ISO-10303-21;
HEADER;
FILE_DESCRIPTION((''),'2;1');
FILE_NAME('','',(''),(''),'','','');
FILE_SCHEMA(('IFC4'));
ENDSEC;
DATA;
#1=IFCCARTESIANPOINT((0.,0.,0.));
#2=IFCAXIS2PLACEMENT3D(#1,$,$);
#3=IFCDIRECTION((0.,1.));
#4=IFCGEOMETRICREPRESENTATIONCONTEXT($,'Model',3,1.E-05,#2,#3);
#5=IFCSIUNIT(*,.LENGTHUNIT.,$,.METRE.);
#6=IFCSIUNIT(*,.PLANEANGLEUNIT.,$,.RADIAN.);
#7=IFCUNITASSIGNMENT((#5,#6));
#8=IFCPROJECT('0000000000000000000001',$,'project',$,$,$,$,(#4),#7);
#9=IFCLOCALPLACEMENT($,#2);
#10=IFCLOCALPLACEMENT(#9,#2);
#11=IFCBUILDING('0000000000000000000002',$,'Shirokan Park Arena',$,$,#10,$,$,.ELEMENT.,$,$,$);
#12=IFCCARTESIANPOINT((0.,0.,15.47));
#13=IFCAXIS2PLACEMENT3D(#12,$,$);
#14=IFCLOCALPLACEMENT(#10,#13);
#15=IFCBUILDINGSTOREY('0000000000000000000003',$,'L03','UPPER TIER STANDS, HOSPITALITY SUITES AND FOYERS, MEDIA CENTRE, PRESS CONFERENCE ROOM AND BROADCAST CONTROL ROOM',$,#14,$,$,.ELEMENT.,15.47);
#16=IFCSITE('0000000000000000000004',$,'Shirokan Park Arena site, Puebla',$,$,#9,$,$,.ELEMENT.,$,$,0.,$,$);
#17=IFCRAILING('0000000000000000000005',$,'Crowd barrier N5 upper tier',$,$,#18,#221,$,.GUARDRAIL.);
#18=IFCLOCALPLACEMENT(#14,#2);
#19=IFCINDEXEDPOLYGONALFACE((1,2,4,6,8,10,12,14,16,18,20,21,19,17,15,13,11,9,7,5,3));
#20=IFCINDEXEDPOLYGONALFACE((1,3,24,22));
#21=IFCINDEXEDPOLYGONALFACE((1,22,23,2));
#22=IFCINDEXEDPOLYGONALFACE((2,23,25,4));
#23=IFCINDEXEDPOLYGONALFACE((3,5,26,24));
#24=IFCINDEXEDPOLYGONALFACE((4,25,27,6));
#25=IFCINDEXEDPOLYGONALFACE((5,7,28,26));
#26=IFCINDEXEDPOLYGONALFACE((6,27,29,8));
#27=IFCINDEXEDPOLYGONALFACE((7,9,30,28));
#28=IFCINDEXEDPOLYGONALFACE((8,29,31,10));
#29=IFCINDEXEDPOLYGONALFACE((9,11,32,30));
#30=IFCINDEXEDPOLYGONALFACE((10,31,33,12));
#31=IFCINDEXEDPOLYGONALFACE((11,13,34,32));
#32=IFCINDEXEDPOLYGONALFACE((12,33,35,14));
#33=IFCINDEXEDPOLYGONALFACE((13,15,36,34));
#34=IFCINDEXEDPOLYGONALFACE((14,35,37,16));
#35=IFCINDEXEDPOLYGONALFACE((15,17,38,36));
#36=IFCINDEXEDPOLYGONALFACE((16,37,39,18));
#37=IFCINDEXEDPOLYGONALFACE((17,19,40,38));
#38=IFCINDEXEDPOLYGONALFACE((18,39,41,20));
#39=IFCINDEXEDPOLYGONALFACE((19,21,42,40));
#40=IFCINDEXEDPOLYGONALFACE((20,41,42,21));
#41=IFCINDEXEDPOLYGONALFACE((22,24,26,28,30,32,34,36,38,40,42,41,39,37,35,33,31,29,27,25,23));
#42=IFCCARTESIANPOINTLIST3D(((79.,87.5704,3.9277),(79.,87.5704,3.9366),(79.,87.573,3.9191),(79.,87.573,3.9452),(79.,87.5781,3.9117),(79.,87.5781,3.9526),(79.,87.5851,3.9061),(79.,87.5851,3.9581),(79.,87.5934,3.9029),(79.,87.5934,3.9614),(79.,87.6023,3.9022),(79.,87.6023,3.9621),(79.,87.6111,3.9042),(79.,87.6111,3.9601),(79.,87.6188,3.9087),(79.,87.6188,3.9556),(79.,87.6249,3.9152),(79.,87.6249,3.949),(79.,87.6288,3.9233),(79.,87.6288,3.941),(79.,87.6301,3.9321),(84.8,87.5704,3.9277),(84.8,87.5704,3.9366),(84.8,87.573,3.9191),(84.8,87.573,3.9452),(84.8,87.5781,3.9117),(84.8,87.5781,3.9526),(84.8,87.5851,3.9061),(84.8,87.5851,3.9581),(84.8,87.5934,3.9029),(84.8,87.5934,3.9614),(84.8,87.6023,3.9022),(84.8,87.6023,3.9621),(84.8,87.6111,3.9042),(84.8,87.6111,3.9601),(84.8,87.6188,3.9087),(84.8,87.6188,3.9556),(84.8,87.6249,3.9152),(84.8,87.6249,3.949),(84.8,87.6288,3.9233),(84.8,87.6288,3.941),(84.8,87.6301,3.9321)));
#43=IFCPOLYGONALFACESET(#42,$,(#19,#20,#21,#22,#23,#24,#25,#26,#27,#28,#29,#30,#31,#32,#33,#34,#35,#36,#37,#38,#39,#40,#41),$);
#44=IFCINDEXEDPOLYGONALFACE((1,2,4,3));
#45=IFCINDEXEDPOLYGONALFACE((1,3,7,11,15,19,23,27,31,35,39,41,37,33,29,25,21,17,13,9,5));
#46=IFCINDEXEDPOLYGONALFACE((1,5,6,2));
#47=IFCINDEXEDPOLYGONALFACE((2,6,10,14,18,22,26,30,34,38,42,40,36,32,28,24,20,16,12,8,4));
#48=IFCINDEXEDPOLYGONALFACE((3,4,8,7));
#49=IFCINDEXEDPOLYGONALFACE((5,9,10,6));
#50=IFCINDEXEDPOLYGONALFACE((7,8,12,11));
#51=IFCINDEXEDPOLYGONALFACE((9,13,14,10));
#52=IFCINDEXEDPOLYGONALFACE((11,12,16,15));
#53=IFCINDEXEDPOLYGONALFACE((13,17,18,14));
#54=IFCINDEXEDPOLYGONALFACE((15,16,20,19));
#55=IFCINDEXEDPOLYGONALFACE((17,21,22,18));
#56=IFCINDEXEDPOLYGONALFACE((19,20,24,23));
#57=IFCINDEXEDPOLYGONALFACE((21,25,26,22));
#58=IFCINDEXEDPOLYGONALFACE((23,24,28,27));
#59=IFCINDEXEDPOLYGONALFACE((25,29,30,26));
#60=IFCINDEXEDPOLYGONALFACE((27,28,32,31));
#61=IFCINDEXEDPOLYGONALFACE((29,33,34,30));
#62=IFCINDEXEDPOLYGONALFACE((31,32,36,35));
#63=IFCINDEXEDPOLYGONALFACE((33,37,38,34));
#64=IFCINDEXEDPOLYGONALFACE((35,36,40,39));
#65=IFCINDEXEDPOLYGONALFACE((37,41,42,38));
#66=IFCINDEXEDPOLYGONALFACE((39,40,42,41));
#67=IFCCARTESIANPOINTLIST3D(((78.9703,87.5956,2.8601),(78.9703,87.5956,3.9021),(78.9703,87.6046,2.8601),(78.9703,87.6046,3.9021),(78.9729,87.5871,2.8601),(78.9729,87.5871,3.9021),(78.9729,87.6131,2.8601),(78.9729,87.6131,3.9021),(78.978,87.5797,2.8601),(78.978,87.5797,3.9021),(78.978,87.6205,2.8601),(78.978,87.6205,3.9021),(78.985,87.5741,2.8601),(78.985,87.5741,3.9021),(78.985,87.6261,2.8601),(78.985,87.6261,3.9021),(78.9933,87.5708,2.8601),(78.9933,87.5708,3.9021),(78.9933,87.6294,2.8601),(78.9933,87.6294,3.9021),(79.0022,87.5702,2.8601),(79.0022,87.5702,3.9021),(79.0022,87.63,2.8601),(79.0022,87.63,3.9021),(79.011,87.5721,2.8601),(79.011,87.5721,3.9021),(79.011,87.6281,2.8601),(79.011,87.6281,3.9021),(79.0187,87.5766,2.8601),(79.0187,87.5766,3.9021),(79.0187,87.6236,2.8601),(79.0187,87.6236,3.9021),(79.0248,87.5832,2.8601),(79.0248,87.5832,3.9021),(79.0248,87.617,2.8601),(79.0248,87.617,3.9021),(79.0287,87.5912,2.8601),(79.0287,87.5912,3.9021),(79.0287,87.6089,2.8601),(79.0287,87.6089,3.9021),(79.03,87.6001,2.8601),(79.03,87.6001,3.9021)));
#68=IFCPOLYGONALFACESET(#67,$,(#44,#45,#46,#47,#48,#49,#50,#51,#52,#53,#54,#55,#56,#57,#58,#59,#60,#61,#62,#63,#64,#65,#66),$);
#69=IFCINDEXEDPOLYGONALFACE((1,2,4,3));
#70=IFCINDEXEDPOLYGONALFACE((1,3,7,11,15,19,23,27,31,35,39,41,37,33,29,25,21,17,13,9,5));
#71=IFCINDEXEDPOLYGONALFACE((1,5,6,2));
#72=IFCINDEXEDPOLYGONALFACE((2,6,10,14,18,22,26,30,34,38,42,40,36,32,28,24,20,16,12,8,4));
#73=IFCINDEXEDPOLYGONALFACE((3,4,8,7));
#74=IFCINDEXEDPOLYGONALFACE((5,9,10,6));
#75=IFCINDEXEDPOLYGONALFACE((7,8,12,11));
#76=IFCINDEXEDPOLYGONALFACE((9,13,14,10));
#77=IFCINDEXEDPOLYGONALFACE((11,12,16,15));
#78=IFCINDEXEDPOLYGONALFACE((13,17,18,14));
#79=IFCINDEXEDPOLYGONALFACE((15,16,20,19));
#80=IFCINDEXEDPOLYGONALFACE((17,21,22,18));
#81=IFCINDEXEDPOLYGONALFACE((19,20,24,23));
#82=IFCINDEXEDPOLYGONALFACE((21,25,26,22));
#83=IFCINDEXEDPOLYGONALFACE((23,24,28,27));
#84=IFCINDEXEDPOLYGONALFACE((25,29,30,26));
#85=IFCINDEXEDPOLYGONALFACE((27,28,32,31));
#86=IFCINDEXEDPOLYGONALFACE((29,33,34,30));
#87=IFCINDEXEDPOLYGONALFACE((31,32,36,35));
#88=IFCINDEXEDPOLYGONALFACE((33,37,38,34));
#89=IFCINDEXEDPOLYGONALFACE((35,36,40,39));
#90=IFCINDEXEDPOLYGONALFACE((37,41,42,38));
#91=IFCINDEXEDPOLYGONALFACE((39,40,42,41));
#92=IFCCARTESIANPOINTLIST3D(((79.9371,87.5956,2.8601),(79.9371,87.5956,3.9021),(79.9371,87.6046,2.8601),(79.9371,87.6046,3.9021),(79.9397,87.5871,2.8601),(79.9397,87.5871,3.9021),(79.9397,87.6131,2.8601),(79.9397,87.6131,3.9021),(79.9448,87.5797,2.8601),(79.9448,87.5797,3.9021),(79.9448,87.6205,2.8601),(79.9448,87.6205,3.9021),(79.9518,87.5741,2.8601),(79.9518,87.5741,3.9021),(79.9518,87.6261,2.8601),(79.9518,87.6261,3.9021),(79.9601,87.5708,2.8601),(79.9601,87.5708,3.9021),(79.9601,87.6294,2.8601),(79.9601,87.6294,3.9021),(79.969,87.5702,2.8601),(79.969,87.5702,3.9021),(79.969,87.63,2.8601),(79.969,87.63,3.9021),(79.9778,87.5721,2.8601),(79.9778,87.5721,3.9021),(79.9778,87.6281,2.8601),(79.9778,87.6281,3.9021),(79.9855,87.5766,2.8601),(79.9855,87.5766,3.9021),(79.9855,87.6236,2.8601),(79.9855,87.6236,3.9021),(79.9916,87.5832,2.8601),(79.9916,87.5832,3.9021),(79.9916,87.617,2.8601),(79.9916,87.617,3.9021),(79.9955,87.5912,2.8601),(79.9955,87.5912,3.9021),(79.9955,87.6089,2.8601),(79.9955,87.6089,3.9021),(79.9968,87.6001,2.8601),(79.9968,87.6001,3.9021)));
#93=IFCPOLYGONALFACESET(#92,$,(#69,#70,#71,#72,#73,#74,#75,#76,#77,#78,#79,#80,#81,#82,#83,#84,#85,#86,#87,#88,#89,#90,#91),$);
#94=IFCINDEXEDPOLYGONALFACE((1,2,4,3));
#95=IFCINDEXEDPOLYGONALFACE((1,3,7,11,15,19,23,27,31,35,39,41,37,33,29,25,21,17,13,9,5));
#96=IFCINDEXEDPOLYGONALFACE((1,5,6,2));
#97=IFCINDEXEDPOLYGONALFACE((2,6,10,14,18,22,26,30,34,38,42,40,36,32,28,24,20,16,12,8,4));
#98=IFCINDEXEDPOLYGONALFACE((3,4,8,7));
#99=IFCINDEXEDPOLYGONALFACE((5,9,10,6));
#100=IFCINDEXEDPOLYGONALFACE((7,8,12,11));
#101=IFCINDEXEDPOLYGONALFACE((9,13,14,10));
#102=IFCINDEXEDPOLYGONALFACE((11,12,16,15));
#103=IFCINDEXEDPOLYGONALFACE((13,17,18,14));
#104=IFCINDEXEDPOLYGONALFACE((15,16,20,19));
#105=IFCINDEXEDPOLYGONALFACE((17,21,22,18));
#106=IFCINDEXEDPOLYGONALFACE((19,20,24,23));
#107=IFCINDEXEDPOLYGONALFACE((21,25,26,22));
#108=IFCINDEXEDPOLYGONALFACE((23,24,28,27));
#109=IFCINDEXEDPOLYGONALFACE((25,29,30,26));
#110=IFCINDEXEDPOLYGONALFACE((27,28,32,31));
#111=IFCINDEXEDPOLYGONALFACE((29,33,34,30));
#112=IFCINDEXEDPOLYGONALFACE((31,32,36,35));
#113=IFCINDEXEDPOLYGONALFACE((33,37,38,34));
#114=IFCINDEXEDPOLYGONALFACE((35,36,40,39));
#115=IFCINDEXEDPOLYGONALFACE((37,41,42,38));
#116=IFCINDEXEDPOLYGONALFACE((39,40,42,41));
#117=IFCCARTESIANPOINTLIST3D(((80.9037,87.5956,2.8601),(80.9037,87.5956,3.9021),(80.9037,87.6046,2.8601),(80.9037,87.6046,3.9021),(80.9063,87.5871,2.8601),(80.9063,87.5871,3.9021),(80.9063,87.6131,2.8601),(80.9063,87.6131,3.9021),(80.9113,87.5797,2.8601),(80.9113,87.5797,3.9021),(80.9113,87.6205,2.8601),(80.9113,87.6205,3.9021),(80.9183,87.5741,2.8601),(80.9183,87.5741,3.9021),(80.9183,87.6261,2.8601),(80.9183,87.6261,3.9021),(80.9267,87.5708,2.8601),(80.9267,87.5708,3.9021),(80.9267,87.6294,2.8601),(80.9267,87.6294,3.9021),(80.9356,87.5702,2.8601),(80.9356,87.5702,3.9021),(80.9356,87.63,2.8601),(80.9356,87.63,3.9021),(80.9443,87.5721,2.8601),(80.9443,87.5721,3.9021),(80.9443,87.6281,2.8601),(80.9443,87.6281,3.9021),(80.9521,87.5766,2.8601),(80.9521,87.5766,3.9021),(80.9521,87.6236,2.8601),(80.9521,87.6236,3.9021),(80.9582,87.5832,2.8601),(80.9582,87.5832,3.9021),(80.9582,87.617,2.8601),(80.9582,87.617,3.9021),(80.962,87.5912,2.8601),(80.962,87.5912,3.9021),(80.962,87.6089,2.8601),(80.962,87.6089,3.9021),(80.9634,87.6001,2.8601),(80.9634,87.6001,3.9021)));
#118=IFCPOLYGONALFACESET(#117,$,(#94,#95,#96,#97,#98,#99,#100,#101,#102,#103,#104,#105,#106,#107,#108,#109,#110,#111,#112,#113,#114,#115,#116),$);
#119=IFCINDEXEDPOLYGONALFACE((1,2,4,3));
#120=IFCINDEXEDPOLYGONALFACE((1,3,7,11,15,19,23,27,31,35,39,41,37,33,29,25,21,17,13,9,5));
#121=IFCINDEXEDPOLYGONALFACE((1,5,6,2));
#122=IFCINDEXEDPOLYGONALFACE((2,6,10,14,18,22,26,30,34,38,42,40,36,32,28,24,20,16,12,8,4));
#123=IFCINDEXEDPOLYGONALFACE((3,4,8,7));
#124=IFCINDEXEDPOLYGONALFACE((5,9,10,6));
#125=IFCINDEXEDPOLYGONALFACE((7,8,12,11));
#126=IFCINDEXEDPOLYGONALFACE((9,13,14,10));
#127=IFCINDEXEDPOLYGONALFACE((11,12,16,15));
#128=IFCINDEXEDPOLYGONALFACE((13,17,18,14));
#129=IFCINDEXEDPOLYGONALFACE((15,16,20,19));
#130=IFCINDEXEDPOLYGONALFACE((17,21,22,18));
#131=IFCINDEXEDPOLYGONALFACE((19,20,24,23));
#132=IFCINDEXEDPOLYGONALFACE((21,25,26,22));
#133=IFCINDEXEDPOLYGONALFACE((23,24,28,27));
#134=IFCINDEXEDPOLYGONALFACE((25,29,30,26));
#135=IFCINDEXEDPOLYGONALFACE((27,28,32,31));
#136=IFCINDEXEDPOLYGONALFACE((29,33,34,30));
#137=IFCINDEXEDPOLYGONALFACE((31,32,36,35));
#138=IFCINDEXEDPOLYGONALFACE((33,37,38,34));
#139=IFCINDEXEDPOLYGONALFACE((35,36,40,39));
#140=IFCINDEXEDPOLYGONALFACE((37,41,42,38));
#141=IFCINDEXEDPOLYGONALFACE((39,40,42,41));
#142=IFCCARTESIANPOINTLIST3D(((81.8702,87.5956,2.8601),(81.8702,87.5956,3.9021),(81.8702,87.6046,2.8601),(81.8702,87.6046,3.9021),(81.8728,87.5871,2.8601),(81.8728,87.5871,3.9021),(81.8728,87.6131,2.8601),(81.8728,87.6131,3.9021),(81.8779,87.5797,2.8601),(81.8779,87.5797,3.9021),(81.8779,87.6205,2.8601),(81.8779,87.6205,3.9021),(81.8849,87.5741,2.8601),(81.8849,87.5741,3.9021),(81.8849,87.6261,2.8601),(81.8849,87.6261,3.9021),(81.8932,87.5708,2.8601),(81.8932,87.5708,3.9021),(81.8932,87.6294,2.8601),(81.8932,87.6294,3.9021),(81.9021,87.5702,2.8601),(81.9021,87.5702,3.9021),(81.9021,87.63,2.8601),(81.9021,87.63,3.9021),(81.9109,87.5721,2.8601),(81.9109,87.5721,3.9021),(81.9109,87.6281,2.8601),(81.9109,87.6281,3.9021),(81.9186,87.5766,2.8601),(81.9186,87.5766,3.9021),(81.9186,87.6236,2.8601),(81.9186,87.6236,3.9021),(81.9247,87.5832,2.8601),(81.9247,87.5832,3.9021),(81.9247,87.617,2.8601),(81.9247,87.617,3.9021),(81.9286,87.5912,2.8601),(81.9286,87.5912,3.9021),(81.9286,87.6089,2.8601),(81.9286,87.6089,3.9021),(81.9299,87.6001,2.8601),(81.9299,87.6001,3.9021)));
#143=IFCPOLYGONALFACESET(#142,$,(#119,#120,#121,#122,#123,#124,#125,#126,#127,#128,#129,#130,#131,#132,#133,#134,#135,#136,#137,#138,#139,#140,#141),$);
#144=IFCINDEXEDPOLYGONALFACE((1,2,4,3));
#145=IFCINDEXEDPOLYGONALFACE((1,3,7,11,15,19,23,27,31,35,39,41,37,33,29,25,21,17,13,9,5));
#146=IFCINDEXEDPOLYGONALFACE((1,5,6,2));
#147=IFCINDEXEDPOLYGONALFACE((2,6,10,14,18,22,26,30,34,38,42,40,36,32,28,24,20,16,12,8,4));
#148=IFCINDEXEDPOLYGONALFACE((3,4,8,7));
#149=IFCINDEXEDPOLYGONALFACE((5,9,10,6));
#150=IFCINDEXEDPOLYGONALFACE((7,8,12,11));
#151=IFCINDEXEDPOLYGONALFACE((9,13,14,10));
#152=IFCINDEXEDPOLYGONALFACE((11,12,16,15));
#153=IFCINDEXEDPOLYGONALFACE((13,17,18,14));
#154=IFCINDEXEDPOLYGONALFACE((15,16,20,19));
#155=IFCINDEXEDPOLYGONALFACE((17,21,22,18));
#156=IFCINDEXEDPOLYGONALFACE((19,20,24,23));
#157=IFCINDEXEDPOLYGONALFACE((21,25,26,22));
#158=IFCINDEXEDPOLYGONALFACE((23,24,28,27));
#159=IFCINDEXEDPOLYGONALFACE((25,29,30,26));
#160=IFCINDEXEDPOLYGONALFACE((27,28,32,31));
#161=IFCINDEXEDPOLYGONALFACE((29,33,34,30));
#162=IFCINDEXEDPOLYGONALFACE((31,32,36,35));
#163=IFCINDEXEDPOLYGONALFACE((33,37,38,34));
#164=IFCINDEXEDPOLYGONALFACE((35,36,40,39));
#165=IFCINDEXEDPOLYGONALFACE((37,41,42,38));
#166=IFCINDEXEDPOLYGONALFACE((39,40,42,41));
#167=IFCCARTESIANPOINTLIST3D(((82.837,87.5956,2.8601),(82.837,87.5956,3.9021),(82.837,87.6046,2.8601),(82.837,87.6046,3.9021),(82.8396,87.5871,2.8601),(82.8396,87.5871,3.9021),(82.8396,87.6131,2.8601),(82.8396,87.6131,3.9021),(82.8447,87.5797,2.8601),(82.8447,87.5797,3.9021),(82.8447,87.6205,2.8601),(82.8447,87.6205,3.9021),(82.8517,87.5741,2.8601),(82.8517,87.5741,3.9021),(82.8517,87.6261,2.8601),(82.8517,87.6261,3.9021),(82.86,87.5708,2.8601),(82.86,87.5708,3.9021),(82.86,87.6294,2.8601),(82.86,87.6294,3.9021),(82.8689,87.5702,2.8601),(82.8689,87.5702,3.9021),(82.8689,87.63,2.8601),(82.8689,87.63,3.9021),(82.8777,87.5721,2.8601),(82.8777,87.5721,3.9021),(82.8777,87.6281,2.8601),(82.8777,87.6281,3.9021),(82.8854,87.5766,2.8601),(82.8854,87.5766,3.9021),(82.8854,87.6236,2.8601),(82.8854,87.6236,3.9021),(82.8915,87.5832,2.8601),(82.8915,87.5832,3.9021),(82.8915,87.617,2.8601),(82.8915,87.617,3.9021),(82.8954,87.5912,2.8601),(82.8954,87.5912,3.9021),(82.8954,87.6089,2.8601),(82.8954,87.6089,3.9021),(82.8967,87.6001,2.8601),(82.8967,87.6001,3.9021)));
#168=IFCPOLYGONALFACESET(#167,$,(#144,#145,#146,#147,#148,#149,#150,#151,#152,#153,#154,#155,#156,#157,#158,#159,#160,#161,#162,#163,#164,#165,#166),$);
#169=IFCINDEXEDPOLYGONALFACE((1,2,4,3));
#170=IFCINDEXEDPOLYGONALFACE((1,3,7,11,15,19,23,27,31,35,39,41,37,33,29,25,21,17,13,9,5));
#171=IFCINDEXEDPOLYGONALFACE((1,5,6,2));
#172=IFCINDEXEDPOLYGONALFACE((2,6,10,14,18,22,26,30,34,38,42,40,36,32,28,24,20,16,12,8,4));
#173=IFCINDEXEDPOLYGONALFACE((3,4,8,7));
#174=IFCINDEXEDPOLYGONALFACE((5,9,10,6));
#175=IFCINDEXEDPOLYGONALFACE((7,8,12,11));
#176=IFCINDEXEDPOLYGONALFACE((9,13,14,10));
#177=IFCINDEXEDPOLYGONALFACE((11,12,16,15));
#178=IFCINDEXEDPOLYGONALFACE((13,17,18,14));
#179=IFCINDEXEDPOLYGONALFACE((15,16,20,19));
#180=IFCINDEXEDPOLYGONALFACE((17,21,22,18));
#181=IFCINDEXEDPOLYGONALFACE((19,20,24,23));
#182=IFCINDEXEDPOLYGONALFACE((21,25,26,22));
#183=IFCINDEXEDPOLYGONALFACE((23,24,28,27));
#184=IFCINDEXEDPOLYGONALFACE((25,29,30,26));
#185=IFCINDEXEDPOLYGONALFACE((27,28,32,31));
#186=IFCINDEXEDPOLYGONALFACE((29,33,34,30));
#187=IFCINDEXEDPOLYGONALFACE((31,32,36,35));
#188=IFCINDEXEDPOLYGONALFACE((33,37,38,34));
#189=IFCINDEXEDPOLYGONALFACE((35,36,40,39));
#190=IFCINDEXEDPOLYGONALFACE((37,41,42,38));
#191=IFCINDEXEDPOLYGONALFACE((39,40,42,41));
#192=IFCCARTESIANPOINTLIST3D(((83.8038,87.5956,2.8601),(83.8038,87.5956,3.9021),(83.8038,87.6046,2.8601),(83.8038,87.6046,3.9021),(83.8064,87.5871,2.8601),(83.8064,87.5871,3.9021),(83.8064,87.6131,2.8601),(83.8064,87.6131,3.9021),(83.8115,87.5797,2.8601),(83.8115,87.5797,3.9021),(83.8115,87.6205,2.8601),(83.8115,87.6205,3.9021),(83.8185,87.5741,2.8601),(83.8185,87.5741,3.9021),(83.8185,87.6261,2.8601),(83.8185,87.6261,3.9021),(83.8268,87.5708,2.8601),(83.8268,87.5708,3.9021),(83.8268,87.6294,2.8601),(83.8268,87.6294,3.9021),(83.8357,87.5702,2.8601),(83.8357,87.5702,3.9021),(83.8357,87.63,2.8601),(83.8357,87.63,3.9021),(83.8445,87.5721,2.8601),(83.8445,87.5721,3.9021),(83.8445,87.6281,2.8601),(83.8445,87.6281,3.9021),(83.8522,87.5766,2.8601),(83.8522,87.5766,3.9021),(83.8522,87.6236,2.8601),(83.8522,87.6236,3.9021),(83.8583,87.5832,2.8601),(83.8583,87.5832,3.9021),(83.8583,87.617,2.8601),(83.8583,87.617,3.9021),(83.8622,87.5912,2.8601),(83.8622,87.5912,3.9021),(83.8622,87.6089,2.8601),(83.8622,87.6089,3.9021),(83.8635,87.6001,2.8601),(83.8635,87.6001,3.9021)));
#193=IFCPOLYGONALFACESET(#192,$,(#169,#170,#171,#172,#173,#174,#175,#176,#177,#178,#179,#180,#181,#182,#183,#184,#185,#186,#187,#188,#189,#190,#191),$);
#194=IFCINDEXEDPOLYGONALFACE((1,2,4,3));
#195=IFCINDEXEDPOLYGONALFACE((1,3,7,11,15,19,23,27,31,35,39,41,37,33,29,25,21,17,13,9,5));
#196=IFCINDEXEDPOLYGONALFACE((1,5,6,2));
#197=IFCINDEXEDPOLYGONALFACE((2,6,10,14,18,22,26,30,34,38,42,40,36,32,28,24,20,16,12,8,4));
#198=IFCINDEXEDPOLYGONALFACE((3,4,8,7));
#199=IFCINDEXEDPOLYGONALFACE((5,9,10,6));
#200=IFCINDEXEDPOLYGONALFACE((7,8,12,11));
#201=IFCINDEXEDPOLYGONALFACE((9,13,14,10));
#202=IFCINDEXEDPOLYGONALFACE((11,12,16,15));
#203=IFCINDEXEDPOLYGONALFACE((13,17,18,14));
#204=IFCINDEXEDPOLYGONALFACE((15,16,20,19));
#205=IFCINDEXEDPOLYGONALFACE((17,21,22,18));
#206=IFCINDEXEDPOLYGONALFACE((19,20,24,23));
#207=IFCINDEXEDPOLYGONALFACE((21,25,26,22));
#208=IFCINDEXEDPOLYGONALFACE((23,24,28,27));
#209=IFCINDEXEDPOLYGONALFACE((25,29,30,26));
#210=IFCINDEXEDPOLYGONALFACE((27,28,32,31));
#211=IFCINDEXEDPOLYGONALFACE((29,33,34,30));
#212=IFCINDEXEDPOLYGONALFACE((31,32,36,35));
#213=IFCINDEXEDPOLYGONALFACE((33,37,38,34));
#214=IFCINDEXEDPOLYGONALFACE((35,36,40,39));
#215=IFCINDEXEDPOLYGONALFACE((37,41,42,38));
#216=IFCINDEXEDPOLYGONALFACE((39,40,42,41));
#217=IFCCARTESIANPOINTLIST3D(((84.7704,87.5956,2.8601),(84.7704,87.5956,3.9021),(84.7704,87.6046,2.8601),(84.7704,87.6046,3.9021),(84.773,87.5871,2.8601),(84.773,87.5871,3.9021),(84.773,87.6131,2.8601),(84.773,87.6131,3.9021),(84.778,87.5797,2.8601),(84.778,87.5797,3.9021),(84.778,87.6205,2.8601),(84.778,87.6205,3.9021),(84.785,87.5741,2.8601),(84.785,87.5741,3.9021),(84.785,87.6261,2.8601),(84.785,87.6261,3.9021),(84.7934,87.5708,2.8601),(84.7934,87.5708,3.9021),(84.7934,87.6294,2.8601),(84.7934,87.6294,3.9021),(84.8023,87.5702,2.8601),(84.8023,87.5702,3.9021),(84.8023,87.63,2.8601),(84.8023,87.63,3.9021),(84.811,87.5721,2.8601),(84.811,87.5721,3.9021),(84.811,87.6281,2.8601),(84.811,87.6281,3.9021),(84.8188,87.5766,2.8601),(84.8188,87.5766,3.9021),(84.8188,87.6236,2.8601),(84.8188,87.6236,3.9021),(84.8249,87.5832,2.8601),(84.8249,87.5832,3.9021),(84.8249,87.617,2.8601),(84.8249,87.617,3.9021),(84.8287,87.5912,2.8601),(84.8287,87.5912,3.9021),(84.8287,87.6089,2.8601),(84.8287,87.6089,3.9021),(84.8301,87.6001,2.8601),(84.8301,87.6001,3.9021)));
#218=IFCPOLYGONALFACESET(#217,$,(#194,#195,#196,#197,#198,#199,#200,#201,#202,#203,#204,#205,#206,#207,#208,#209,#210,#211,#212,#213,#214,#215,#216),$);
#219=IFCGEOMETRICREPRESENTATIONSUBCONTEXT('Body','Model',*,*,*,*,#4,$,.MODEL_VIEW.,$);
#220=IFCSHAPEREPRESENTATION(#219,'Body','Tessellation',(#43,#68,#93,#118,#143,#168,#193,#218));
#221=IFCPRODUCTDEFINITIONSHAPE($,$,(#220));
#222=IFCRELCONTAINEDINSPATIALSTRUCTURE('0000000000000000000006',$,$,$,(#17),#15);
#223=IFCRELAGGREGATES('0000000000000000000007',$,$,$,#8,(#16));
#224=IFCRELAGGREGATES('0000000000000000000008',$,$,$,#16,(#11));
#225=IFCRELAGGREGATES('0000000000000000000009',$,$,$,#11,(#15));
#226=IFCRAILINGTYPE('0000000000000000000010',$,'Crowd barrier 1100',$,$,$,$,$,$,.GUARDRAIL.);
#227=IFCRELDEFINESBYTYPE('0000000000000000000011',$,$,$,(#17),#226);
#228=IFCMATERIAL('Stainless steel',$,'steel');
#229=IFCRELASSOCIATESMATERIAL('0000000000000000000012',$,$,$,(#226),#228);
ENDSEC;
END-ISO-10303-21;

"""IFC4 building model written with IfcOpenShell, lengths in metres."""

from ifc_helpers import new_model, si_unit, direction, frame, origin, origin_2d, place, context, subcontext, project, spatial, circle, extrude, material, type_object, element, save


model = new_model("IFC4")

# Units and contexts
model_context = context("Model", 3, precision=1e-05, world=origin(), true_north=direction((0.0, 1.0)))
body_context = subcontext(model_context, "Body", "Model", "MODEL_VIEW")
ifc_project = project(units=[si_unit("LENGTHUNIT", "METRE"), si_unit("PLANEANGLEUNIT", "RADIAN")], contexts=[model_context])

# Site, building, storey
site_placement = place(None, origin())
site = spatial("IfcSite", under=ifc_project, at=site_placement, Name="Shirokan Park Arena site, Puebla", CompositionType="ELEMENT", RefElevation=0.0)
building_placement = place(site_placement, origin())
building = spatial("IfcBuilding", under=site, at=building_placement, Name="Shirokan Park Arena", CompositionType="ELEMENT")
storey_placement = place(building_placement, frame((0.0, 0.0, 15.47)))
storey = spatial("IfcBuildingStorey", under=building, at=storey_placement, Name="L03", Description="UPPER TIER STANDS, HOSPITALITY SUITES AND FOYERS, MEDIA CENTRE, PRESS CONFERENCE ROOM AND BROADCAST CONTROL ROOM", CompositionType="ELEMENT", Elevation=15.47)

# Railing
ifc_material_1 = material(Name="Stainless steel", Category="steel")
railing_type_1 = type_object("IfcRailingType", Name="Crowd barrier 1100", PredefinedType="GUARDRAIL", material=ifc_material_1)
railing_1_placement = place(storey_placement, frame((79.0, 87.6001, 2.8601)))
element("IfcRailing", 1, at=railing_1_placement, inside=storey, type_object=railing_type_1, Name="Crowd barrier N5 upper tier", PredefinedType="GUARDRAIL", context=body_context, shape_type="SweptSolid", body=[
    extrude(circle(Radius=0.03, at=origin_2d()), frame((0.0, 0.0, 1.072), z_axis=(1.0, 0.0, 0.0), x_axis=(0.0, 1.0, 0.0)), (0.0, 0.0, 1.0), 5.8),
    extrude(circle(Radius=0.03, at=origin_2d()), origin(), (0.0, 0.0, 1.0), 1.042),
    extrude(circle(Radius=0.03, at=origin_2d()), frame((0.9668, 0.0, 0.0)), (0.0, 0.0, 1.0), 1.042),
    extrude(circle(Radius=0.03, at=origin_2d()), frame((1.9333, 0.0, 0.0)), (0.0, 0.0, 1.0), 1.042),
    extrude(circle(Radius=0.03, at=origin_2d()), frame((2.8999, 0.0, 0.0)), (0.0, 0.0, 1.0), 1.042),
    extrude(circle(Radius=0.03, at=origin_2d()), frame((3.8667, 0.0, 0.0)), (0.0, 0.0, 1.0), 1.042),
    extrude(circle(Radius=0.03, at=origin_2d()), frame((4.8335, 0.0, 0.0)), (0.0, 0.0, 1.0), 1.042),
    extrude(circle(Radius=0.03, at=origin_2d()), frame((5.8, 0.0, 0.0)), (0.0, 0.0, 1.0), 1.042),
])

save(model, "model.ifc")
